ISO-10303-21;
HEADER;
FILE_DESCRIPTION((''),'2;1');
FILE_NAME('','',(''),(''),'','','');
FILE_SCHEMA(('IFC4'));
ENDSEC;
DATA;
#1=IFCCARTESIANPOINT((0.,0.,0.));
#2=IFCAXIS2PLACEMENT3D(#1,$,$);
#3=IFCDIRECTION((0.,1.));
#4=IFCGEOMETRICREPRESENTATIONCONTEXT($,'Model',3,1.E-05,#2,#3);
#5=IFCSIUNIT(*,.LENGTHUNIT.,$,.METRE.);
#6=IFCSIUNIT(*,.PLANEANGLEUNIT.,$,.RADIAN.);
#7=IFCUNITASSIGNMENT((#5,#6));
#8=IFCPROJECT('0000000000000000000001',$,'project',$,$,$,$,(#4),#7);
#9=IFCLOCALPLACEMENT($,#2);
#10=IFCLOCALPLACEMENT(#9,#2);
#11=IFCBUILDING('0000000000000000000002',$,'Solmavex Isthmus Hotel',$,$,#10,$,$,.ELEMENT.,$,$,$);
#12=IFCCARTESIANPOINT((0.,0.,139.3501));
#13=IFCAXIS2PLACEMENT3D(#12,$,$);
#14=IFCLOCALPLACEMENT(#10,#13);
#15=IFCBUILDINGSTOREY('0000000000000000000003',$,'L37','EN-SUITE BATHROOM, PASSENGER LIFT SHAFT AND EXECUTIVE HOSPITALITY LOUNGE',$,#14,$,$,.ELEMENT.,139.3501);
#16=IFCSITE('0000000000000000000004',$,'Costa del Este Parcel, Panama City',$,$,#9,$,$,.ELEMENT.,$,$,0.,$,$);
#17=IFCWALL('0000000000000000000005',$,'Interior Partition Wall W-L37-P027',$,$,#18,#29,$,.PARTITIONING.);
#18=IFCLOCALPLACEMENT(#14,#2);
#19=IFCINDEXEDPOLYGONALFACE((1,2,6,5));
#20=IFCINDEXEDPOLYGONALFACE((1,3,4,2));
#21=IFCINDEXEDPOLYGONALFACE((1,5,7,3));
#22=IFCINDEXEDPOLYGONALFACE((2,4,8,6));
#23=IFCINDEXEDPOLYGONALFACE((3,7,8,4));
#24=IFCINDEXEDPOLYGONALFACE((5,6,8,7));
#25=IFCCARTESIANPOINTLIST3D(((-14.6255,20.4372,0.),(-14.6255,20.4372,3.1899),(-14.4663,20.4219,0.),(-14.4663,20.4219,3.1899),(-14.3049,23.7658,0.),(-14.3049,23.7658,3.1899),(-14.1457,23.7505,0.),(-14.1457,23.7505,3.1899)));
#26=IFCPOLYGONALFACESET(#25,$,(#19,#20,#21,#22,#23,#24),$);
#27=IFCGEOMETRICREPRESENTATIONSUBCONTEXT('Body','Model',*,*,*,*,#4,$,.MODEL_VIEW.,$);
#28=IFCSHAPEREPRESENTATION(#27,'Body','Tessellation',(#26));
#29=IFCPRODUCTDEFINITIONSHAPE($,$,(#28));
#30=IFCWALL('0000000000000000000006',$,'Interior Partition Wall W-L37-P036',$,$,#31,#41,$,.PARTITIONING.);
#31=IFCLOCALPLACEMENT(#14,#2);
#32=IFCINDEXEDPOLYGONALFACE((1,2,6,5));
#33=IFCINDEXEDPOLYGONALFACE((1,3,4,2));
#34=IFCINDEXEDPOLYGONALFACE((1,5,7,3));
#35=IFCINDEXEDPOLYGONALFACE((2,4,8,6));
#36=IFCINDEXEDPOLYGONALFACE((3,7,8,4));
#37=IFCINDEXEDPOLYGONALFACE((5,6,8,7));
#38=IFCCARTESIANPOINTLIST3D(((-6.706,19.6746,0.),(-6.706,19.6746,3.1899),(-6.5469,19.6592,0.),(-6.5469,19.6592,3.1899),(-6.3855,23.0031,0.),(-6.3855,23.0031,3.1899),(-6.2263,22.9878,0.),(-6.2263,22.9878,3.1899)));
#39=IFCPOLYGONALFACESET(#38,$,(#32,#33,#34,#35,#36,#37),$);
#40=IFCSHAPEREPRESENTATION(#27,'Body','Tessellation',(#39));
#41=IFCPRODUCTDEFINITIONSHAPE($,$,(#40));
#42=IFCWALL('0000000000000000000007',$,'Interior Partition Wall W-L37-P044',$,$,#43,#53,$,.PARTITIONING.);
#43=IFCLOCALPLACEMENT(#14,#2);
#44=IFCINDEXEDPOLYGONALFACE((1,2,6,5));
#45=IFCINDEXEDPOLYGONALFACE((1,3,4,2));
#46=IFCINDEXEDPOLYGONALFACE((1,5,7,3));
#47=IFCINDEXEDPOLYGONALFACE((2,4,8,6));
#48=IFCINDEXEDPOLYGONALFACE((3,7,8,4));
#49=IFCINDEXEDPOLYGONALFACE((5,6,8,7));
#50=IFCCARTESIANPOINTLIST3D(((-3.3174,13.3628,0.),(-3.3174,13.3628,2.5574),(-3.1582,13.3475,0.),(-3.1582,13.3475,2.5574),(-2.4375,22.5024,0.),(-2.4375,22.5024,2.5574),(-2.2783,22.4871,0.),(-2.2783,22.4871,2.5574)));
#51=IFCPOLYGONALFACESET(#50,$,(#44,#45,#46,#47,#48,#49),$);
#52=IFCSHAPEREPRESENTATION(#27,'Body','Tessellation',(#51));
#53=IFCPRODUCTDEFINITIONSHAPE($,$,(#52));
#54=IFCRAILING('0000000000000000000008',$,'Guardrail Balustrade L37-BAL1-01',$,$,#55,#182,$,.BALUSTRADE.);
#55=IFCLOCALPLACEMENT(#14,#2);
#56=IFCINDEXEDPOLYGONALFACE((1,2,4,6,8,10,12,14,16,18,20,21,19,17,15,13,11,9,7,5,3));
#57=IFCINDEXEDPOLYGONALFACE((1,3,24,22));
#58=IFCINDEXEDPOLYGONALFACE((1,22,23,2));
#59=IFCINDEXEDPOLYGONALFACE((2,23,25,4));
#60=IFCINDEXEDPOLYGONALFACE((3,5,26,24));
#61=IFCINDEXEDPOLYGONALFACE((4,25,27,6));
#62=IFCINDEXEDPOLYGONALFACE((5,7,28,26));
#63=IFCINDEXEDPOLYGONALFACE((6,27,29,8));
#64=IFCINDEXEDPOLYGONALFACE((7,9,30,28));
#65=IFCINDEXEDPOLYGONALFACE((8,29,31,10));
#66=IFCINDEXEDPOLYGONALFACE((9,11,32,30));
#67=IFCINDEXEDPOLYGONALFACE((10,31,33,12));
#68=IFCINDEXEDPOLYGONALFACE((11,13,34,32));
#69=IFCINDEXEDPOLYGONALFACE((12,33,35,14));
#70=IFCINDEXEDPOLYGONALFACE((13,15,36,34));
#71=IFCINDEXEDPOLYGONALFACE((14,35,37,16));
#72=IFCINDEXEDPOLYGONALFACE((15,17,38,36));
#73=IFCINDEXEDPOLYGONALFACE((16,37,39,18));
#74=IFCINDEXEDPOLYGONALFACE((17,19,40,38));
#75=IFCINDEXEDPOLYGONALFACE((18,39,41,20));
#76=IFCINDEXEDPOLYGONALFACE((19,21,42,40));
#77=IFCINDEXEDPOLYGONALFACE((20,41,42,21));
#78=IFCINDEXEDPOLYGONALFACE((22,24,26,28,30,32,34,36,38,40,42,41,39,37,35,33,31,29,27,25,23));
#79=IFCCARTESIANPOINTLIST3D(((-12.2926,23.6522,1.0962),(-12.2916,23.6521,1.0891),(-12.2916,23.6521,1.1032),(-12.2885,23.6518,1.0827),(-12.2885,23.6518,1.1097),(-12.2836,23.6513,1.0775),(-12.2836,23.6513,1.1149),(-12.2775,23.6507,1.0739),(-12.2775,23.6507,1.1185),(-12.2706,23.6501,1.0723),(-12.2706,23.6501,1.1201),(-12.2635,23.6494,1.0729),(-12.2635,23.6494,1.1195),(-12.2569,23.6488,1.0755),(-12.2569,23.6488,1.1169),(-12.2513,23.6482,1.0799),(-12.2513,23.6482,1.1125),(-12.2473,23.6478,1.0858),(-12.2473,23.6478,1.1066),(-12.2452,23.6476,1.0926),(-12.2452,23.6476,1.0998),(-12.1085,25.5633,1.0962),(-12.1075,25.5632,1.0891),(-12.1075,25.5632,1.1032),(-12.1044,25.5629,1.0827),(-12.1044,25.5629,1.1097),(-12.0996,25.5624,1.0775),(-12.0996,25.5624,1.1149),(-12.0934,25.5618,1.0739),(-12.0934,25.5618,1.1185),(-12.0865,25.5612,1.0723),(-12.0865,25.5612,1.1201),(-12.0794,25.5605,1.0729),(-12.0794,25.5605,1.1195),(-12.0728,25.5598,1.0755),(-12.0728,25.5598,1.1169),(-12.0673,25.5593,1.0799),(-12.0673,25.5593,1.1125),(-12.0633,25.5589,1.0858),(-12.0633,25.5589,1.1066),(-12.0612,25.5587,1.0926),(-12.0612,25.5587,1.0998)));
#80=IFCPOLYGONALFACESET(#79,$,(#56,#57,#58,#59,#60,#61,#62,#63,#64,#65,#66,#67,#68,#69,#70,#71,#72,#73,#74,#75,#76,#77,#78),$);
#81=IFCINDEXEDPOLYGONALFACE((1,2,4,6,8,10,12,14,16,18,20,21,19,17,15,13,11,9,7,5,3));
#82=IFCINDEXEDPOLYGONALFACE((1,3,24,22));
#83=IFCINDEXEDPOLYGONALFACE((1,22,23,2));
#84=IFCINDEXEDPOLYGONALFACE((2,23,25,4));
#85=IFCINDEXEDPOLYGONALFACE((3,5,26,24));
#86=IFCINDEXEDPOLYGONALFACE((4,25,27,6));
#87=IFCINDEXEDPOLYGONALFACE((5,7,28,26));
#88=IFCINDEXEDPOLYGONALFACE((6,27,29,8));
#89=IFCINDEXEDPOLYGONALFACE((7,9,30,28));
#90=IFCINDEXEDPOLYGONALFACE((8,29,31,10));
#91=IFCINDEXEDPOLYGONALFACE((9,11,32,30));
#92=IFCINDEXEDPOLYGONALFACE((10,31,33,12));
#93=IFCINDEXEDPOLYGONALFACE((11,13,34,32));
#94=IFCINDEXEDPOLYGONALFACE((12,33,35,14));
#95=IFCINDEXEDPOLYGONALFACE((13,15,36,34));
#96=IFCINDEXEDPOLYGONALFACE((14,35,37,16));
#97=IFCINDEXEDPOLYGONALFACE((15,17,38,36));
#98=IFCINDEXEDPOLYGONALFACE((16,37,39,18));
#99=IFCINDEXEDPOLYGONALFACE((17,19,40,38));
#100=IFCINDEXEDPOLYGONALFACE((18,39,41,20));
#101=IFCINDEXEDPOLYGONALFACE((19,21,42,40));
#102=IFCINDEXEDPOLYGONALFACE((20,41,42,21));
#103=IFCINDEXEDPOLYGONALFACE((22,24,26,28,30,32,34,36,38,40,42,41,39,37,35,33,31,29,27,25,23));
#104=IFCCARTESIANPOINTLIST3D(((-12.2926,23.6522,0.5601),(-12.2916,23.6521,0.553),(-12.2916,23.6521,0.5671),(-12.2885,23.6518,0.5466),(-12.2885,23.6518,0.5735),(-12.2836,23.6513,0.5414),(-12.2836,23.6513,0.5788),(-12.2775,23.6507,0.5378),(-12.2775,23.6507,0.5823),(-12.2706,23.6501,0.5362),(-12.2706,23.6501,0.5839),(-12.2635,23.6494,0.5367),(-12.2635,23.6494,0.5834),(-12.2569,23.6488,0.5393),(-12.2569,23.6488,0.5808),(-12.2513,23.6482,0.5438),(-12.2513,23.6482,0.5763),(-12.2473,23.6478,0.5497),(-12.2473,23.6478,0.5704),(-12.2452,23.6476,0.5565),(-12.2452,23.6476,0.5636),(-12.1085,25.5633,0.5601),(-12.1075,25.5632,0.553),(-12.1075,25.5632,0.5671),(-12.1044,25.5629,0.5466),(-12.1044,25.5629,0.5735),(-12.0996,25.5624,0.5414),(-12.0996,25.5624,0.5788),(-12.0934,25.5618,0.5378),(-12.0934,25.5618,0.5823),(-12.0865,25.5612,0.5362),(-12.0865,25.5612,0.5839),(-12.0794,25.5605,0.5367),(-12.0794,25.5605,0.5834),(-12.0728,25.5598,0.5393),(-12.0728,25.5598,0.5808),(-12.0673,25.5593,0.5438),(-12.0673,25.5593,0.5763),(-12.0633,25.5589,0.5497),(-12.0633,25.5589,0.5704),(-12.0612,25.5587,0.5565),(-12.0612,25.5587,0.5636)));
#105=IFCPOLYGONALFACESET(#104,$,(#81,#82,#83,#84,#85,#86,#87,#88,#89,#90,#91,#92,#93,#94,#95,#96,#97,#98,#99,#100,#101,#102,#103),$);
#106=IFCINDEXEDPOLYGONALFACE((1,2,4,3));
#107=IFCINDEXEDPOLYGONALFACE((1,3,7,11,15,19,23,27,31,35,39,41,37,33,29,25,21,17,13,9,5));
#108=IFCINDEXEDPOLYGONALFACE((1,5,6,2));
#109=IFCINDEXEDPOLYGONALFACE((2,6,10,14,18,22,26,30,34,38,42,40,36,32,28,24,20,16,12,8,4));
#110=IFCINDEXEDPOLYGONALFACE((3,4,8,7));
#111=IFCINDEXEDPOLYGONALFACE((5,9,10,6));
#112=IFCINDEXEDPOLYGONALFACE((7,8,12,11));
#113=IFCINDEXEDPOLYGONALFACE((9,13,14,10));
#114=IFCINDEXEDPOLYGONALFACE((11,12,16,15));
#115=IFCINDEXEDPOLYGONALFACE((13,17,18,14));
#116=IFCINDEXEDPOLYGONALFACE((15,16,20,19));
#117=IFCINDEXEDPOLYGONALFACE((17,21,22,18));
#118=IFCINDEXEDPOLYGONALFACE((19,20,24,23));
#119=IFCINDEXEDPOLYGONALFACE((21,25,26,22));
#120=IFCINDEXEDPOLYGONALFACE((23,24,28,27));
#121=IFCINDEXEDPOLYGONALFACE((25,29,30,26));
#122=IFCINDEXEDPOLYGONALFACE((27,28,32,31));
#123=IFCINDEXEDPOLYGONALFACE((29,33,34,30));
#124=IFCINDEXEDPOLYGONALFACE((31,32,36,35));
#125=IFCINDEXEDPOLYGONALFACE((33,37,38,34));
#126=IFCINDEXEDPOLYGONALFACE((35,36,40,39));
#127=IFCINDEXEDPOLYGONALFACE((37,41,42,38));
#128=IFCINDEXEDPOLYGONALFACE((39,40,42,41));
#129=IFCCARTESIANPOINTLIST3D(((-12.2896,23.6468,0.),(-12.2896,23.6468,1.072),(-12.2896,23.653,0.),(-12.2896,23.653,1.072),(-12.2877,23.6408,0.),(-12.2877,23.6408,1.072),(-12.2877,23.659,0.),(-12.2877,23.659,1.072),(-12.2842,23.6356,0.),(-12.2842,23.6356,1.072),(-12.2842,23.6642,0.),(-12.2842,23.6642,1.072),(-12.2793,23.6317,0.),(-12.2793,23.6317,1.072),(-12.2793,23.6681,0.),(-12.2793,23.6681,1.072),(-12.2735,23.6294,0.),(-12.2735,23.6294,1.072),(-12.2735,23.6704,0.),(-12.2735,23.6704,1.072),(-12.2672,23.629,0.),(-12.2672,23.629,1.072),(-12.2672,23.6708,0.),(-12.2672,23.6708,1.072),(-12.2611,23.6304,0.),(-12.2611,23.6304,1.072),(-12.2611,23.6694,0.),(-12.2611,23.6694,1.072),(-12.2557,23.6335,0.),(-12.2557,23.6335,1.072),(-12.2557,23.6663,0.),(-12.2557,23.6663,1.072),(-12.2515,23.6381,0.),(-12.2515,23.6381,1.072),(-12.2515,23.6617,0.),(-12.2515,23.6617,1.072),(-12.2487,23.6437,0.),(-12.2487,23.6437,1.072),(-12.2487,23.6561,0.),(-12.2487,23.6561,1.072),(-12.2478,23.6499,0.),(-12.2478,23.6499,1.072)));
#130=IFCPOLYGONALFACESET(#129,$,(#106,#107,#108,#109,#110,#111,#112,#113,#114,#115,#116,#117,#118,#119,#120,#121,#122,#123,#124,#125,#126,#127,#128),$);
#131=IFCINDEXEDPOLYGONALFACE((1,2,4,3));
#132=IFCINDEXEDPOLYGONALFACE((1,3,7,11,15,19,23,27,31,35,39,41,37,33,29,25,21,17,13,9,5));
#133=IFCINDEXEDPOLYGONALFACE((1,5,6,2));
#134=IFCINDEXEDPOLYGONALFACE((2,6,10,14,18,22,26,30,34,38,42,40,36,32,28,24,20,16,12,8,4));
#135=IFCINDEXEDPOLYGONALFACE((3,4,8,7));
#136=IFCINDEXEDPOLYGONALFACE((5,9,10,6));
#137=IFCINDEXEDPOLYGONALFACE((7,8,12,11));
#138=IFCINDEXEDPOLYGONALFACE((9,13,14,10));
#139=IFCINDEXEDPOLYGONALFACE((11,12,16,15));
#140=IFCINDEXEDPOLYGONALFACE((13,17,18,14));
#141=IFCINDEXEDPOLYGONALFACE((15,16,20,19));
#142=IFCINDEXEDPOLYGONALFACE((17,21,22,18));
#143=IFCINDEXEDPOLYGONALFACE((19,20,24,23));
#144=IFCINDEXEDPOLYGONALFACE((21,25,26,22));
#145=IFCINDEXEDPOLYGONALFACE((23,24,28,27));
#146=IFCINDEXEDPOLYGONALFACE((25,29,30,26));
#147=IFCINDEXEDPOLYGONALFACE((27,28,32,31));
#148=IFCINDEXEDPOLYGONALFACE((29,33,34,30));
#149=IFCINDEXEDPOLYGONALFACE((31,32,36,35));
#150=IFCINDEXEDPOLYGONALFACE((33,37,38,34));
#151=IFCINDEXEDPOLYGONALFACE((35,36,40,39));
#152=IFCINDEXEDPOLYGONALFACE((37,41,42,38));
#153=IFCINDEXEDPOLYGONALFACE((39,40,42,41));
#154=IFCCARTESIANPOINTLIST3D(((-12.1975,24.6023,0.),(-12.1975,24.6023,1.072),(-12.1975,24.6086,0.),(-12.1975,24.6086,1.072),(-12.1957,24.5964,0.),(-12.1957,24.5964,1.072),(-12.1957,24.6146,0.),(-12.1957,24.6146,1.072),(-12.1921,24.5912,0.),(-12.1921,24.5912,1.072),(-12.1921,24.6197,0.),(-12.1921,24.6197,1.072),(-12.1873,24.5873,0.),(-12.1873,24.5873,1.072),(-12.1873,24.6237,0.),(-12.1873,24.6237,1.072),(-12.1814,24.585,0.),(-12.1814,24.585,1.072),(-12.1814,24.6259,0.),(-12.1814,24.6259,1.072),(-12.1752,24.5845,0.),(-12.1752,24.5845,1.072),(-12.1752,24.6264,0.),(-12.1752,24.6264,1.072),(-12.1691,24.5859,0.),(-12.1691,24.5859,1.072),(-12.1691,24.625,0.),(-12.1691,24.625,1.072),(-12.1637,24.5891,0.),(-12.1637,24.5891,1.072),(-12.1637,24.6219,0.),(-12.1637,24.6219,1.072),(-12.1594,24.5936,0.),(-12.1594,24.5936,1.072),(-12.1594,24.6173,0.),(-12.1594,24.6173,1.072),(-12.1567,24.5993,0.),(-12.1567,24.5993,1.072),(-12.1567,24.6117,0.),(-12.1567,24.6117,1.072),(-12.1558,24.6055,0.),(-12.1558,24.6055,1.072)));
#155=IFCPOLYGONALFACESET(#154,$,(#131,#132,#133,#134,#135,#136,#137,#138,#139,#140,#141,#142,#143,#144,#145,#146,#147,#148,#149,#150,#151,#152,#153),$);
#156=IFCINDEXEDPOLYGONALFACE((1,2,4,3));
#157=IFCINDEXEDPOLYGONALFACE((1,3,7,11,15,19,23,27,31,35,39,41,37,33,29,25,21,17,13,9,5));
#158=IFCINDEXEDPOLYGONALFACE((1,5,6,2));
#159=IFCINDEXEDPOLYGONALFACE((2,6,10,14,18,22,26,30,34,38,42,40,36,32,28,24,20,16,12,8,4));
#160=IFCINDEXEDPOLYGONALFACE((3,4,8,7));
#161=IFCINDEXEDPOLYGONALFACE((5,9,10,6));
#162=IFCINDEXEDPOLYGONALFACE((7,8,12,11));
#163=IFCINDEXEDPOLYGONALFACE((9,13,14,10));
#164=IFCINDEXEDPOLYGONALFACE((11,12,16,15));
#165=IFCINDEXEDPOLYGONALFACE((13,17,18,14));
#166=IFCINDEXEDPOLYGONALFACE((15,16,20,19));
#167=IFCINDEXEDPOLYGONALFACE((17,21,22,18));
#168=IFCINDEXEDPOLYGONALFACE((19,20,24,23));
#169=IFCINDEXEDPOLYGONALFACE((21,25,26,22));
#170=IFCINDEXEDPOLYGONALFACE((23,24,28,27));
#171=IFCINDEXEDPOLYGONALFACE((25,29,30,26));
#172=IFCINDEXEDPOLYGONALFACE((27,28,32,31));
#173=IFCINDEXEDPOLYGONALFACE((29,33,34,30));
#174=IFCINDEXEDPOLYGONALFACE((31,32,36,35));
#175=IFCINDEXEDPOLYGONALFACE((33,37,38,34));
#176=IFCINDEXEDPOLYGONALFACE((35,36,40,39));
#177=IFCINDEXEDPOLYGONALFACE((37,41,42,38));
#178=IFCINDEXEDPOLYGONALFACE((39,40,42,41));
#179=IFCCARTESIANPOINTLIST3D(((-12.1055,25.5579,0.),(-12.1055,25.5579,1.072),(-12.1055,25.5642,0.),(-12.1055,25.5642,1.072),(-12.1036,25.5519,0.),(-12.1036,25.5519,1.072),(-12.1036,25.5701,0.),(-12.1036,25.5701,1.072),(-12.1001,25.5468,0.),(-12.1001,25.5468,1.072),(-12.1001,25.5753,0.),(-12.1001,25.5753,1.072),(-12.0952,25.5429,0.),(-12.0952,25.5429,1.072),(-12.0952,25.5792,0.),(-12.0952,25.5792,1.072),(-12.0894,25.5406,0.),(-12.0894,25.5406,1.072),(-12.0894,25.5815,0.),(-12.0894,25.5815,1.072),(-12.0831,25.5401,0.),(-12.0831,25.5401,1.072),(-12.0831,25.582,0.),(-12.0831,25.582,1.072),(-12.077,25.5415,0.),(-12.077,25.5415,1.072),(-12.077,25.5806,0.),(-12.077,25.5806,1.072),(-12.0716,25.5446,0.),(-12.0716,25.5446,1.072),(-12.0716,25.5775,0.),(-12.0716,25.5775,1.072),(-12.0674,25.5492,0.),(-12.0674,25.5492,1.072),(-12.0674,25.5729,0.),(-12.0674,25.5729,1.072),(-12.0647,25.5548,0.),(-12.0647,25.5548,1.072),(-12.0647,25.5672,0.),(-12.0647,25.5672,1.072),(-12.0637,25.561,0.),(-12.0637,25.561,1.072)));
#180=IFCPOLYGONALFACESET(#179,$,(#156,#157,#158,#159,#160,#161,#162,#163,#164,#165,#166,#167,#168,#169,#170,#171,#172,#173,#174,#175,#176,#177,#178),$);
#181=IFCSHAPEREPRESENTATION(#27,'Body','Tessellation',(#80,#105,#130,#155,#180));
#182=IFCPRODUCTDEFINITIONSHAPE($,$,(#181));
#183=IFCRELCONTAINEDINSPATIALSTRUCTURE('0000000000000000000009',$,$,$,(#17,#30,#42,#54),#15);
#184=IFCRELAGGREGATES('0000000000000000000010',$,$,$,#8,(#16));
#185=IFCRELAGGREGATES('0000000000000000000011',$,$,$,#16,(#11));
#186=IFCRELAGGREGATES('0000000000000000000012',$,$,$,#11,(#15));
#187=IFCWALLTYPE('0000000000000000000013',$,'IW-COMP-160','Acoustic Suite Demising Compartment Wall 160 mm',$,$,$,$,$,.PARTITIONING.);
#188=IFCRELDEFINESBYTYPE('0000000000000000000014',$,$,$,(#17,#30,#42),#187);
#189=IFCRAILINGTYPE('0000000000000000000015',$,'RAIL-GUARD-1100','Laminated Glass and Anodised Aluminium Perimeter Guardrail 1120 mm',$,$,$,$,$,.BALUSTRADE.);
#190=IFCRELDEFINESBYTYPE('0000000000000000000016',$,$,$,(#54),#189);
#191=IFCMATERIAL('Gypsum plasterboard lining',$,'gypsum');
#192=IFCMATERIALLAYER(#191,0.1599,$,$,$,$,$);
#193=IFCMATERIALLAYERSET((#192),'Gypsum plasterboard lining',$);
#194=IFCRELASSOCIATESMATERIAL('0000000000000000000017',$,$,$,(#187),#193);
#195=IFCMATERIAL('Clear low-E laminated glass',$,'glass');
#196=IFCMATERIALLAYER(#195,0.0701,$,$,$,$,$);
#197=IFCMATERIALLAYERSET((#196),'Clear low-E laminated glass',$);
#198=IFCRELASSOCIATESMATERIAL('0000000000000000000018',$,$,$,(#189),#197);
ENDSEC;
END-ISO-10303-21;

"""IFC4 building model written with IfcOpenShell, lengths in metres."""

from ifc_helpers import new_model, si_unit, direction, frame, frame_2d, origin, origin_2d, place, context, subcontext, project, spatial, rectangle, circle, extrude, material, layer, layer_set, type_object, element, save


model = new_model("IFC4")

# Units and contexts
model_context = context("Model", 3, precision=1e-05, world=origin(), true_north=direction((0.0, 1.0)))
body_context = subcontext(model_context, "Body", "Model", "MODEL_VIEW")
ifc_project = project(units=[si_unit("LENGTHUNIT", "METRE"), si_unit("PLANEANGLEUNIT", "RADIAN")], contexts=[model_context])

# Site, building, storey
site_placement = place(None, origin())
site = spatial("IfcSite", under=ifc_project, at=site_placement, Name="Costa del Este Parcel, Panama City", CompositionType="ELEMENT", RefElevation=0.0)
building_placement = place(site_placement, origin())
building = spatial("IfcBuilding", under=site, at=building_placement, Name="Solmavex Isthmus Hotel", CompositionType="ELEMENT")
storey_placement = place(building_placement, frame((0.0, 0.0, 139.3501)))
storey = spatial("IfcBuildingStorey", under=building, at=storey_placement, Name="L37", Description="EN-SUITE BATHROOM, PASSENGER LIFT SHAFT AND EXECUTIVE HOSPITALITY LOUNGE", CompositionType="ELEMENT", Elevation=139.3501)

# Shared definitions
ifc_material_1 = material(Name="Clear low-E laminated glass", Category="glass")

# Walls
ifc_material_2 = material(Name="Gypsum plasterboard lining", Category="gypsum")
ifc_layer_1 = layer(ifc_material_2, 0.1599)
ifc_layer_set_1 = layer_set([ifc_layer_1], Name="Gypsum plasterboard lining")
wall_type_1 = type_object("IfcWallType", Name="IW-COMP-160", Description="Acoustic Suite Demising Compartment Wall 160 mm", PredefinedType="PARTITIONING", material=ifc_layer_set_1)
for number, where, z_axis, x_axis, name in (
    (1, (-14.2253, 23.7581, 0.0), (0.0, 0.0, 1.0), (-0.09586, -0.995395, 0.0), "Interior Partition Wall W-L37-P027"),
    (2, (-6.3059, 22.9954, 0.0), (0.0, 0.0, 1.0), (-0.09586, -0.995395, 0.0), "Interior Partition Wall W-L37-P036"),
):
    element("IfcWall", number, at=place(storey_placement, frame(where, z_axis=z_axis, x_axis=x_axis)), inside=storey, type_object=wall_type_1, Name=name, PredefinedType="PARTITIONING", context=body_context, shape_type="SweptSolid", body=[
        extrude(rectangle(XDim=3.344, YDim=0.1599, at=frame_2d((1.6719, 0.0))), origin(), (0.0, 0.0, 1.0), 3.1899),
    ])
wall_1_placement = place(storey_placement, frame((-2.3579, 22.4946, 0.0), z_axis=(0.0, 0.0, 1.0), x_axis=(-0.095828, -0.995398, 0.0)))
element("IfcWall", 3, at=wall_1_placement, inside=storey, type_object=wall_type_1, Name="Interior Partition Wall W-L37-P044", PredefinedType="PARTITIONING", context=body_context, shape_type="SweptSolid", body=[
    extrude(rectangle(XDim=9.1819, YDim=0.1599, at=frame_2d((4.5908, 0.0))), origin(), (0.0, 0.0, 1.0), 2.5574),
])

# Railing
ifc_layer_2 = layer(ifc_material_1, 0.0701)
ifc_layer_set_2 = layer_set([ifc_layer_2], Name="Clear low-E laminated glass")
railing_type = type_object("IfcRailingType", Name="RAIL-GUARD-1100", Description="Laminated Glass and Anodised Aluminium Perimeter Guardrail 1120 mm", PredefinedType="BALUSTRADE", material=ifc_layer_set_2)
railing_1_placement = place(storey_placement, frame((-12.2688, 23.6499, 0.0)))
element("IfcRailing", 4, at=railing_1_placement, inside=storey, type_object=railing_type, Name="Guardrail Balustrade L37-BAL1-01", PredefinedType="BALUSTRADE", context=body_context, shape_type="SweptSolid", body=[
    extrude(circle(Radius=0.0239, at=origin_2d()), frame((0.0, 0.0, 1.0962), z_axis=(0.095877, 0.995393, 0.0), x_axis=(-0.995393, 0.095877, 0.0)), (0.0, 0.0, 1.0), 1.9199),
    extrude(circle(Radius=0.0239, at=origin_2d()), frame((0.0, 0.0, 0.5601), z_axis=(0.095877, 0.995393, 0.0), x_axis=(-0.995393, 0.095877, 0.0)), (0.0, 0.0, 1.0), 1.9199),
    extrude(circle(Radius=0.021, at=origin_2d()), origin(), (0.0, 0.0, 1.0), 1.072),
    extrude(circle(Radius=0.021, at=origin_2d()), frame((0.092, 0.9556, 0.0)), (0.0, 0.0, 1.0), 1.072),
    extrude(circle(Radius=0.021, at=origin_2d()), frame((0.1841, 1.9111, 0.0)), (0.0, 0.0, 1.0), 1.072),
])

save(model, "model.ifc")
